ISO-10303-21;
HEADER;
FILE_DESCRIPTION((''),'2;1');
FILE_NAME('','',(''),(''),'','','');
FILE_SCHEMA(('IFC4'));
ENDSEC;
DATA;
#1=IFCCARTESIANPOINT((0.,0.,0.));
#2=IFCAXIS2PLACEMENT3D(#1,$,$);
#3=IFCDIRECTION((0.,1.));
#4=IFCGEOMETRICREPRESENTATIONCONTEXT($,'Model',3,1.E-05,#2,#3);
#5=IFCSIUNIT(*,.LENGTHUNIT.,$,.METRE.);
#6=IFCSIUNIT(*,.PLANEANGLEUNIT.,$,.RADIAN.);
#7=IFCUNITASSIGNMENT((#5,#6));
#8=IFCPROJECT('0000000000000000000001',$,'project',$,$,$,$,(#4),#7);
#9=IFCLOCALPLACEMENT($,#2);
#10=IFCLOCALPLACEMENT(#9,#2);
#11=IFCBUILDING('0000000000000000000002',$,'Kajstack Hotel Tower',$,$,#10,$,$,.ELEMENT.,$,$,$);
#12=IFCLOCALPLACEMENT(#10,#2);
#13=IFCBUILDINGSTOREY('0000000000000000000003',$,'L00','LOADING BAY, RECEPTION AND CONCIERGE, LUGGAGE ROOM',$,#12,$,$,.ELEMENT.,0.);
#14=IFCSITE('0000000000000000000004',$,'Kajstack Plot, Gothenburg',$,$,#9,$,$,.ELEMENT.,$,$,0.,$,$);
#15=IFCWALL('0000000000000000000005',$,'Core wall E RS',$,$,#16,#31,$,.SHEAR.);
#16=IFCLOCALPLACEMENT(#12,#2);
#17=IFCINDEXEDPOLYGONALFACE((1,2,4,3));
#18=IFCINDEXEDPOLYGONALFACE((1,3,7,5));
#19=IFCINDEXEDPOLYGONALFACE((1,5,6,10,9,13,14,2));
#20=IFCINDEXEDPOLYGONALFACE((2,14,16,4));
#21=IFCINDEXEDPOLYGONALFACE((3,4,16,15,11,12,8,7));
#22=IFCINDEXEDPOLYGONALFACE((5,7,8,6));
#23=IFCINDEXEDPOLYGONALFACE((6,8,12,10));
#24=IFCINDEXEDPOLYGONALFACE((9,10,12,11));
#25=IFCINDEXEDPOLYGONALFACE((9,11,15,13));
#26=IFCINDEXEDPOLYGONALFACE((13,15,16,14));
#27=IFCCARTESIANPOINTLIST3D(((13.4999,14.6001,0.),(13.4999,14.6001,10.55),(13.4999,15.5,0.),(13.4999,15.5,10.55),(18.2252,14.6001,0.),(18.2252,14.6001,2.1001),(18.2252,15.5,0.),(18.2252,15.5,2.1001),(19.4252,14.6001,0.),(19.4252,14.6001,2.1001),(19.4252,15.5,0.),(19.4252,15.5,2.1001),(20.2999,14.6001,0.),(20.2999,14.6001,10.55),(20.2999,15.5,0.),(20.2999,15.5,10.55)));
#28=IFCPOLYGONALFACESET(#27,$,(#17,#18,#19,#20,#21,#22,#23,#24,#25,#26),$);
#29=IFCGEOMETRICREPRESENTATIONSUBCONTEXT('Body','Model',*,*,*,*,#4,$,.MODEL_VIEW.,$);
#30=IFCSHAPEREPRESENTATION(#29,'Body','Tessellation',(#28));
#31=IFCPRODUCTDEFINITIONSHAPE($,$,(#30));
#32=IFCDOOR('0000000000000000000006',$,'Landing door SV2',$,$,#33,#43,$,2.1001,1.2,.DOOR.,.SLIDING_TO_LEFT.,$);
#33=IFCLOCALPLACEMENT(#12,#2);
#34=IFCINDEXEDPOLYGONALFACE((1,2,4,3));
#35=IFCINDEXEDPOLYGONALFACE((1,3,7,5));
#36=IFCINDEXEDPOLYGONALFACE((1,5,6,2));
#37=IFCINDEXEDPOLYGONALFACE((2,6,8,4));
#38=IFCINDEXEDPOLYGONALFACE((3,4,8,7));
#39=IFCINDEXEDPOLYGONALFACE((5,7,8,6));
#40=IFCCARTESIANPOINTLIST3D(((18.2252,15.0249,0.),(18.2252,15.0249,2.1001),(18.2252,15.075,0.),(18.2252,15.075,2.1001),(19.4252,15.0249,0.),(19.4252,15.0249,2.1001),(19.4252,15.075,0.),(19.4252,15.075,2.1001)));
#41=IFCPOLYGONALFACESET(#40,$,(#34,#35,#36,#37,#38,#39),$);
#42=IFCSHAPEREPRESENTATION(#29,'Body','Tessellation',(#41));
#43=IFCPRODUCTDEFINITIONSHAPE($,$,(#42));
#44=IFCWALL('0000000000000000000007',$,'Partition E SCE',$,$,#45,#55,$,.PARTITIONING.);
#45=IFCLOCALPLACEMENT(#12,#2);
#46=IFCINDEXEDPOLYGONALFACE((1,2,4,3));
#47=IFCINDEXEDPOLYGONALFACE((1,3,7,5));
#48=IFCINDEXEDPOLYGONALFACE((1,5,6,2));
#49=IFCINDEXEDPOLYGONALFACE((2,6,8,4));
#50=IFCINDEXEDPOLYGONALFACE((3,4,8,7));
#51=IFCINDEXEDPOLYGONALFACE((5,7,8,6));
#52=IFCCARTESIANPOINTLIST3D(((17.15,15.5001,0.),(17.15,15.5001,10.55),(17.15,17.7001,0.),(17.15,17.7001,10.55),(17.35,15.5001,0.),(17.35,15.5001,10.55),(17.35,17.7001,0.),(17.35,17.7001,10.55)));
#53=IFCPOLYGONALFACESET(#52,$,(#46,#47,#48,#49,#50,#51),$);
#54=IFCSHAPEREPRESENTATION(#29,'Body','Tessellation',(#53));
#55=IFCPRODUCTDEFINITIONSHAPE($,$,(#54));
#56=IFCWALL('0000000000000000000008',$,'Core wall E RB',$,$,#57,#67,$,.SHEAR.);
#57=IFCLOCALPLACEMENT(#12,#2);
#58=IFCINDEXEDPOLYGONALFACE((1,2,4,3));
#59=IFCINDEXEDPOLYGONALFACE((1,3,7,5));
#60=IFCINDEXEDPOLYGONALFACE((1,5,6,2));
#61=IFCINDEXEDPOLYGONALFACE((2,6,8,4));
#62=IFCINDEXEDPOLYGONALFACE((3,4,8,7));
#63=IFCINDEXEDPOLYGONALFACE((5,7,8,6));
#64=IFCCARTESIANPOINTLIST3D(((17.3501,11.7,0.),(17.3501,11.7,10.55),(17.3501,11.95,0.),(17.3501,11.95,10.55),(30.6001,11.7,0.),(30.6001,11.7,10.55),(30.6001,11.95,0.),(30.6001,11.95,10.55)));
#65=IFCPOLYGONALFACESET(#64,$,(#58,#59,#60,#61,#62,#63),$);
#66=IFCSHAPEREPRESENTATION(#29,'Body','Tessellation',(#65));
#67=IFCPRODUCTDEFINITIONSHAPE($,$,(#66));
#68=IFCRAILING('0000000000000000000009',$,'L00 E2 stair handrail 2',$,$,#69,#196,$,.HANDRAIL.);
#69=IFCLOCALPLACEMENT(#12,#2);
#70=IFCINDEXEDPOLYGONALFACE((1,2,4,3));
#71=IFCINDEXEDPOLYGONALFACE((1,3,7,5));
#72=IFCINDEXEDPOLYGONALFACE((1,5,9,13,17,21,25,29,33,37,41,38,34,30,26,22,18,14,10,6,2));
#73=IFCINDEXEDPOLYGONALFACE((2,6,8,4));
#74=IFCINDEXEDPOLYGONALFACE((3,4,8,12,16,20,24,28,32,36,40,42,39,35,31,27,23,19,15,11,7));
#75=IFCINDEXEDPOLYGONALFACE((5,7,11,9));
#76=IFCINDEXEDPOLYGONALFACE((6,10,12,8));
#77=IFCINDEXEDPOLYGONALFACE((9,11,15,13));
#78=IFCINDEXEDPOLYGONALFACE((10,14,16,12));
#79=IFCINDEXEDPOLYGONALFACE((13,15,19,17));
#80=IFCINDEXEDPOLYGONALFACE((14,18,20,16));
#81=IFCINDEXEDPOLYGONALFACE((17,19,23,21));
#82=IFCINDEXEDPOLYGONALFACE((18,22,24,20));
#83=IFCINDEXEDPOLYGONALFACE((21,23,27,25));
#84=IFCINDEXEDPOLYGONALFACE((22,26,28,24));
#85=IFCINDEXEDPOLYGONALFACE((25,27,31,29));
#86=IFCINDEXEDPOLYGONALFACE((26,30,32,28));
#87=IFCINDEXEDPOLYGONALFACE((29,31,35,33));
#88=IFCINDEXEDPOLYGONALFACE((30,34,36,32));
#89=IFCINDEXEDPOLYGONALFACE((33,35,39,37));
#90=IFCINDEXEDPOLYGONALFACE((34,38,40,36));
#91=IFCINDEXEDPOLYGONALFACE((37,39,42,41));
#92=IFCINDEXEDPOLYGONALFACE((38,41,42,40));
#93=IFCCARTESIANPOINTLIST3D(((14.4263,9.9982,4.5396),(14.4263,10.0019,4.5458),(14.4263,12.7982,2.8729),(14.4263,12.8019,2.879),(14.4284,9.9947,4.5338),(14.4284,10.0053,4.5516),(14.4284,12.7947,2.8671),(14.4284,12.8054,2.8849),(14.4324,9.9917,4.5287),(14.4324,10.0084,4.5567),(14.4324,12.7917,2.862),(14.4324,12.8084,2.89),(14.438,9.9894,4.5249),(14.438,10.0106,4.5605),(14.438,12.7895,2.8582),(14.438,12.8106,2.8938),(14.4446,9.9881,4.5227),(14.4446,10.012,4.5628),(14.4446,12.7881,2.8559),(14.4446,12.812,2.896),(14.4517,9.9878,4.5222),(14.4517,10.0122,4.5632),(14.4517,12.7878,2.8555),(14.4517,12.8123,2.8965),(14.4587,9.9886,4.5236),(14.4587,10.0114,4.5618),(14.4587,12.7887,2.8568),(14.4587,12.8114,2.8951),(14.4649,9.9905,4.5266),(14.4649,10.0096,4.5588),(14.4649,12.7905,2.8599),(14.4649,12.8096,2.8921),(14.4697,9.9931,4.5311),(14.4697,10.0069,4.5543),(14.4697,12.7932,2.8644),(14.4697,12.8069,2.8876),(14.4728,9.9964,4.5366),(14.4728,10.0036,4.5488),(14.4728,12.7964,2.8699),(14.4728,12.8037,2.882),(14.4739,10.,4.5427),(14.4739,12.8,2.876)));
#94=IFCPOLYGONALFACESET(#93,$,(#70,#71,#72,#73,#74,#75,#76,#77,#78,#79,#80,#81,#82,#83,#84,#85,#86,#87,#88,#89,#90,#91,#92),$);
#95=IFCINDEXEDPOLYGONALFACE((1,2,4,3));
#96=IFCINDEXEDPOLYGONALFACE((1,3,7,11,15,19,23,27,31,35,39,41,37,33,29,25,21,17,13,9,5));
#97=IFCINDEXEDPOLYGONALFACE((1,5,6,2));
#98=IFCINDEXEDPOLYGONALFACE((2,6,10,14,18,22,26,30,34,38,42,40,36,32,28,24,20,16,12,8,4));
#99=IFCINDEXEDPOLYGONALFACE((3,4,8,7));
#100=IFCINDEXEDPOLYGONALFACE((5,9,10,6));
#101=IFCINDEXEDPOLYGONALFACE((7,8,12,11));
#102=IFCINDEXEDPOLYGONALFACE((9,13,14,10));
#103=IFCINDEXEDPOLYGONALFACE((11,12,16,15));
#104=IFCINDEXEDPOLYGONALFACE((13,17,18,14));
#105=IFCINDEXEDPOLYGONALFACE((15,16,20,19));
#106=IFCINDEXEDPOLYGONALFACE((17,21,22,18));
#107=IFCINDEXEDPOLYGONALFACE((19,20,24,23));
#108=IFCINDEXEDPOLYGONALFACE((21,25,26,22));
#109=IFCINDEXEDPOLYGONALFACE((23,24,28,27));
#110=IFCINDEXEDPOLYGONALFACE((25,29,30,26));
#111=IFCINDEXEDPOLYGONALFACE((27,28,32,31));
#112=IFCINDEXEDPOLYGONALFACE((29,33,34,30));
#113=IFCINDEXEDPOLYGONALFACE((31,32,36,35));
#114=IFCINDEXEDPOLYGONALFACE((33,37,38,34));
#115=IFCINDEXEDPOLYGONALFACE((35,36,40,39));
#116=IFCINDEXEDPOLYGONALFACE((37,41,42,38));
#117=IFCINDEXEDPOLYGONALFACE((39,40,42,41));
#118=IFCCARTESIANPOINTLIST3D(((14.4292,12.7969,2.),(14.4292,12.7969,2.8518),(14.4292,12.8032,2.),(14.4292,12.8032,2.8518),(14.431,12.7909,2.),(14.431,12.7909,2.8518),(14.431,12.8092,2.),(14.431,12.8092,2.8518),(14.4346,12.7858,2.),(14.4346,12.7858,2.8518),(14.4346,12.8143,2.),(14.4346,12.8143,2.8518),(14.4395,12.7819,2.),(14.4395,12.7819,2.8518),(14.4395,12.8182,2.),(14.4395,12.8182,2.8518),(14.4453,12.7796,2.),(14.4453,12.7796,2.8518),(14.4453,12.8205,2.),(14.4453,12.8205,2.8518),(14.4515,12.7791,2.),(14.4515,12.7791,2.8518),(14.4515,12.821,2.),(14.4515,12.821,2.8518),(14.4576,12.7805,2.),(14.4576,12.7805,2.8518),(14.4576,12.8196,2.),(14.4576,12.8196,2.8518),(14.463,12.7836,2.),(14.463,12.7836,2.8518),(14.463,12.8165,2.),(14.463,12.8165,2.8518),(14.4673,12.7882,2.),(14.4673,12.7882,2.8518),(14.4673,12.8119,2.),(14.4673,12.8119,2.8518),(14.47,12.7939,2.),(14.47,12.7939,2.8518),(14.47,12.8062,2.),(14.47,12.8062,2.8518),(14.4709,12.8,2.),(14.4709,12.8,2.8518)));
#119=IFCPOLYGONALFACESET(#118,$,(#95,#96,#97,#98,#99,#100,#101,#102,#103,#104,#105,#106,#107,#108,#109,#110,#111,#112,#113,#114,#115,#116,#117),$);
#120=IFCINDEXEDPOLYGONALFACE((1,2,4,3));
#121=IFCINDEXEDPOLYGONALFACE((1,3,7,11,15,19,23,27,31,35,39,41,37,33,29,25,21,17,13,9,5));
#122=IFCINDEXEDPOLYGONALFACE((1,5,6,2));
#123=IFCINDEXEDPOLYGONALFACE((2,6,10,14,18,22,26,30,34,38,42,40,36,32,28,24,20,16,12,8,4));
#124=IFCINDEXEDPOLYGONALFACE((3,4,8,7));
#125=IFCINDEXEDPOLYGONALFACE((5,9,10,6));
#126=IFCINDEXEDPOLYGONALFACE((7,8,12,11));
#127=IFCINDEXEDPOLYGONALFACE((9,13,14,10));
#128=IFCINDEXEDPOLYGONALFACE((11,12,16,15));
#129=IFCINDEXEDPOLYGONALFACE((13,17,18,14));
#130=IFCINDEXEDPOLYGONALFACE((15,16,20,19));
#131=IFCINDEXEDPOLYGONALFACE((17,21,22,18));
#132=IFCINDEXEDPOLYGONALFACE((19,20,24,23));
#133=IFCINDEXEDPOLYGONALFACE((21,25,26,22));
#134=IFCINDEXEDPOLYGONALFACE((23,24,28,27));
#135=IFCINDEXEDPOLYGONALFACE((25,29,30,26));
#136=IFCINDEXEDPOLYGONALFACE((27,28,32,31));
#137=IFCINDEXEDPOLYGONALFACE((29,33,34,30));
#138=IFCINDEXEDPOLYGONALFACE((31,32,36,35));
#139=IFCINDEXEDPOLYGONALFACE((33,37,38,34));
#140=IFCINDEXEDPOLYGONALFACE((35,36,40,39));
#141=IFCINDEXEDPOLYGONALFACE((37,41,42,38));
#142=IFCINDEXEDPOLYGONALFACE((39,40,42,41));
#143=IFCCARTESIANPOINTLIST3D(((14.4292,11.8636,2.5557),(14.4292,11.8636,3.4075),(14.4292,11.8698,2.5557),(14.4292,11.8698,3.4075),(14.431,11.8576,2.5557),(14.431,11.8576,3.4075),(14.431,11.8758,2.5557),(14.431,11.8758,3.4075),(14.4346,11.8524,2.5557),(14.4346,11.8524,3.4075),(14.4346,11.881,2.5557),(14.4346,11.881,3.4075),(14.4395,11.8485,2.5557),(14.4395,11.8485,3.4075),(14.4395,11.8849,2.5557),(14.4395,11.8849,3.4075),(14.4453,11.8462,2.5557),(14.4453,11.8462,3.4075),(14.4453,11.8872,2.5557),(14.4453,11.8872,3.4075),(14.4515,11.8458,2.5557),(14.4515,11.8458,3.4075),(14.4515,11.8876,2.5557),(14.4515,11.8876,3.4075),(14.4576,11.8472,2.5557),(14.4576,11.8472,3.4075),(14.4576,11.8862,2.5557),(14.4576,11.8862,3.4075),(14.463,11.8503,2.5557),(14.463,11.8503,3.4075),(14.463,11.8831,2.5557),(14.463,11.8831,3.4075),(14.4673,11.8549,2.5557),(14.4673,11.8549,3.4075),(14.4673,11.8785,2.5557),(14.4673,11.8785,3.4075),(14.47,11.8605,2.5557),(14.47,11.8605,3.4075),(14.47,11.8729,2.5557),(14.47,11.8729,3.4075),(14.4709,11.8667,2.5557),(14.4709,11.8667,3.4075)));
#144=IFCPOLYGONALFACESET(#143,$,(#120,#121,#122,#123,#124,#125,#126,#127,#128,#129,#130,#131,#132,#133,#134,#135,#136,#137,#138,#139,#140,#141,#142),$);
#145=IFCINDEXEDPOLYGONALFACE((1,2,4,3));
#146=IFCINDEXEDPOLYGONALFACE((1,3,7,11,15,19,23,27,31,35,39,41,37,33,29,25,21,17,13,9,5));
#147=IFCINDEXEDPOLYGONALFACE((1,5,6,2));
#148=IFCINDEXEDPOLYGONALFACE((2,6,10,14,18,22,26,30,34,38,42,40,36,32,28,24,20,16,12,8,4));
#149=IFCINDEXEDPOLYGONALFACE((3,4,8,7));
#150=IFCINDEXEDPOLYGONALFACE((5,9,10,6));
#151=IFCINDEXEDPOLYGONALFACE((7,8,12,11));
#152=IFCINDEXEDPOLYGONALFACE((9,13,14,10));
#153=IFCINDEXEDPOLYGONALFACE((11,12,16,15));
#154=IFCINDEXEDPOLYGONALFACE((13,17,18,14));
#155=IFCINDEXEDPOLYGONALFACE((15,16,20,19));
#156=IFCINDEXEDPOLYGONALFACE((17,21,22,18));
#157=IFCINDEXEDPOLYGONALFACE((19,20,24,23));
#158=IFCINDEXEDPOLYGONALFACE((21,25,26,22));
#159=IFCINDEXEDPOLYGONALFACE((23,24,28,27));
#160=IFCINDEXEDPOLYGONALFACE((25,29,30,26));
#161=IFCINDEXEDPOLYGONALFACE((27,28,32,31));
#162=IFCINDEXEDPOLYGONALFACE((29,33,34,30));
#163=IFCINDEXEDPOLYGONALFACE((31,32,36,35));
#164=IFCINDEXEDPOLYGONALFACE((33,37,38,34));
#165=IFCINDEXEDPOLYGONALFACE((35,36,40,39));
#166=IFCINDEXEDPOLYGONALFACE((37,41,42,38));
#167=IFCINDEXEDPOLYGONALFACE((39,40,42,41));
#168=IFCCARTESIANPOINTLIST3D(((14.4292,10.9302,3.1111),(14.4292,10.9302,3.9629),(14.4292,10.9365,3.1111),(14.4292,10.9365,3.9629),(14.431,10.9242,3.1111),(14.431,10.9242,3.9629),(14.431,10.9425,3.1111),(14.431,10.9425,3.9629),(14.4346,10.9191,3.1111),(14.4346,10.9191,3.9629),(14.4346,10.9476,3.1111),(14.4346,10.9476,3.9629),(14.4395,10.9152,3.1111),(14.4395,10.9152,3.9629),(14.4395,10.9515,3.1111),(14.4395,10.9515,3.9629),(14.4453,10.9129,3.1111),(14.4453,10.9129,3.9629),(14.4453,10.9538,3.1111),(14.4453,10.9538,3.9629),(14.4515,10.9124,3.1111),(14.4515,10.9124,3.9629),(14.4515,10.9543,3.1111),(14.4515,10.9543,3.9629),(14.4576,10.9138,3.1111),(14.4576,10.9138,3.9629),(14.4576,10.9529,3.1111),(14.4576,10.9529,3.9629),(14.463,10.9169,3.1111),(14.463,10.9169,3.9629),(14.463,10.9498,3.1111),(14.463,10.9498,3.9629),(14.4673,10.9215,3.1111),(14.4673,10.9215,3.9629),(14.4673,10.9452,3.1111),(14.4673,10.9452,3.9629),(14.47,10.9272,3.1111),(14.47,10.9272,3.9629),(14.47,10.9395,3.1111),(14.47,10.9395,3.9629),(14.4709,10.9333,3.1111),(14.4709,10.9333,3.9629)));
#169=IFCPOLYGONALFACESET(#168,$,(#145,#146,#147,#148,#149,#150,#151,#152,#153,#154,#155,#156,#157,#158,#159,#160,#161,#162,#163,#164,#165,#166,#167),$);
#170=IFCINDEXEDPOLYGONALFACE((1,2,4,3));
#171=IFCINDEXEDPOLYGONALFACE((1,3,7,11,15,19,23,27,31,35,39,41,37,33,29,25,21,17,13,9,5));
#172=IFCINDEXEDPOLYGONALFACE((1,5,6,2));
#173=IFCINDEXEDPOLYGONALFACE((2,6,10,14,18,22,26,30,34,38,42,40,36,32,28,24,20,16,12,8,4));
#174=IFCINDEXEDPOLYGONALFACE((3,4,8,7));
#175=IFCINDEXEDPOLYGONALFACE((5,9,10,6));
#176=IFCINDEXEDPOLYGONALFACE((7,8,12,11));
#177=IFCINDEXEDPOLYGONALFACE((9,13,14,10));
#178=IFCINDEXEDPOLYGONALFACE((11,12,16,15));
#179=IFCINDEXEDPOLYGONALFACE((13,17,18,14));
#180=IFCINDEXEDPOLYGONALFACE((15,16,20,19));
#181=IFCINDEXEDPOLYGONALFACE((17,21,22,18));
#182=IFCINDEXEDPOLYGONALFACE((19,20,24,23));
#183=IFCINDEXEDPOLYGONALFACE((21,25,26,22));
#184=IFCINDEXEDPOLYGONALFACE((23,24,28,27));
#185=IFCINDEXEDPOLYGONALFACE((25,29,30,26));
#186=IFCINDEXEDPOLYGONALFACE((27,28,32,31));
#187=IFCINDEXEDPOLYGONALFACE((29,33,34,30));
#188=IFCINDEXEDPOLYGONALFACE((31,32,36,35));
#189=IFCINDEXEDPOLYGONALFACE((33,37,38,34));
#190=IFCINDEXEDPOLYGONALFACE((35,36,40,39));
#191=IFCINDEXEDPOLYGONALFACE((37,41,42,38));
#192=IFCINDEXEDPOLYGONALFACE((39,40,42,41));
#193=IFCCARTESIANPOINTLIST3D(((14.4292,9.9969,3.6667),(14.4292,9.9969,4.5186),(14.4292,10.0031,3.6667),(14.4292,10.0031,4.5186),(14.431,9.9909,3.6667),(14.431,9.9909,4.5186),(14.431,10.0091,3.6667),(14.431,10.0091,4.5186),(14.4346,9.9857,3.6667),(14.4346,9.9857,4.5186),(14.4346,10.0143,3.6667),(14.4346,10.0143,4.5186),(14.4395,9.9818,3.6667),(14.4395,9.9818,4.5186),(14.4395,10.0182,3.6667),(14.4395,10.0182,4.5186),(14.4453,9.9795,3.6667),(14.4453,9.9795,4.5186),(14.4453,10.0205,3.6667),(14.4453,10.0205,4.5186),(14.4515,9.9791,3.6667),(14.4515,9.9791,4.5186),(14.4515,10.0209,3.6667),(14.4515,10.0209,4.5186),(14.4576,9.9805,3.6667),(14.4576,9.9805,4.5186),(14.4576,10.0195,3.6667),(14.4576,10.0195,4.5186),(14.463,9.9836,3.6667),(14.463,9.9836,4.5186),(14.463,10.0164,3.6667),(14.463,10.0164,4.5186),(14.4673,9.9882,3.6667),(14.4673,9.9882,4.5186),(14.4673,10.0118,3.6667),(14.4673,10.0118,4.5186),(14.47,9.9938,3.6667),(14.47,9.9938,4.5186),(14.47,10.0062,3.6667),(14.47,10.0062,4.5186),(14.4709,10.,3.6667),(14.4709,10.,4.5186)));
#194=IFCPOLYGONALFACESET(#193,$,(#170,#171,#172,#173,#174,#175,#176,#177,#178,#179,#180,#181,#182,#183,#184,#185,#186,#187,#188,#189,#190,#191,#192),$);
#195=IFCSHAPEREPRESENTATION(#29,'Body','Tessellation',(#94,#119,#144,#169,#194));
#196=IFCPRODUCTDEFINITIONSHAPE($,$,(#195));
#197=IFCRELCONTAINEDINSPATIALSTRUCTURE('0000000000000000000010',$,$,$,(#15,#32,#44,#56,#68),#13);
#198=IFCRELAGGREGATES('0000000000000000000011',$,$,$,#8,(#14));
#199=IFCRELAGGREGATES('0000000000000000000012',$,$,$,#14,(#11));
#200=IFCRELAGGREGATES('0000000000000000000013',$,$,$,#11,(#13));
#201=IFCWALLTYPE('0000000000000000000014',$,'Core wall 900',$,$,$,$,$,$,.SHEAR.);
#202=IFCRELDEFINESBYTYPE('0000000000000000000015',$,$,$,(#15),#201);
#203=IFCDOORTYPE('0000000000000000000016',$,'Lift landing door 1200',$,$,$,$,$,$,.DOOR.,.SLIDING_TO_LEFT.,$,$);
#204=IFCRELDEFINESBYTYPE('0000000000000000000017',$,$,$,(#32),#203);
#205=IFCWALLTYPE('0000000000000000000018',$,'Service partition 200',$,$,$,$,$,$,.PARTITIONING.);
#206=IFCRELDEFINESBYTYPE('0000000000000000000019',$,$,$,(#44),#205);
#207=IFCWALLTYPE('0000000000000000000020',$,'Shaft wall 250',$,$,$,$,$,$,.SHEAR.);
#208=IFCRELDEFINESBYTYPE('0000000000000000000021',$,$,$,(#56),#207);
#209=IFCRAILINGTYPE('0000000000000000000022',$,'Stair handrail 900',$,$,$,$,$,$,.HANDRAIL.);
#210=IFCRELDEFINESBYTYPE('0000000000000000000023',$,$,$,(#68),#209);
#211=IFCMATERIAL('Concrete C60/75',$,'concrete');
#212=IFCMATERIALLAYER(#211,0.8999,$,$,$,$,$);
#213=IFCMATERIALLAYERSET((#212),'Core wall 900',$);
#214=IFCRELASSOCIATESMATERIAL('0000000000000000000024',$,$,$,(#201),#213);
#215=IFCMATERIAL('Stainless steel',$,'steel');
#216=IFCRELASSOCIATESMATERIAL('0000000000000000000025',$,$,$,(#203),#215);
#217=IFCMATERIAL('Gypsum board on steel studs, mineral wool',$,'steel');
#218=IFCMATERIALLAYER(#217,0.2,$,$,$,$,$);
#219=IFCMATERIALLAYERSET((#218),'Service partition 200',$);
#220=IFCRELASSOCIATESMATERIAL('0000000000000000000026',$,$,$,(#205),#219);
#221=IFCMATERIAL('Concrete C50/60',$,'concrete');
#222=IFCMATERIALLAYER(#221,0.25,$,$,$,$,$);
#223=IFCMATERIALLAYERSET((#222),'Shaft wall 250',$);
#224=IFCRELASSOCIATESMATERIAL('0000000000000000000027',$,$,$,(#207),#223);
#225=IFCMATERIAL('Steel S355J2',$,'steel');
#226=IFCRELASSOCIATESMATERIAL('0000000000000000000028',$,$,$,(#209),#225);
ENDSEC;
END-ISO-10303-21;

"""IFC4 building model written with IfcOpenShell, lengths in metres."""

from ifc_helpers import new_model, si_unit, direction, frame, frame_2d, origin, origin_2d, place, context, subcontext, project, spatial, rectangle, circle, extrude, material, layer, layer_set, type_object, element, fill, save


model = new_model("IFC4")

# Units and contexts
model_context = context("Model", 3, precision=1e-05, world=origin(), true_north=direction((0.0, 1.0)))
body_context = subcontext(model_context, "Body", "Model", "MODEL_VIEW")
ifc_project = project(units=[si_unit("LENGTHUNIT", "METRE"), si_unit("PLANEANGLEUNIT", "RADIAN")], contexts=[model_context])

# Site, building, storey
site_placement = place(None, origin())
site = spatial("IfcSite", under=ifc_project, at=site_placement, Name="Kajstack Plot, Gothenburg", CompositionType="ELEMENT", RefElevation=0.0)
building_placement = place(site_placement, origin())
building = spatial("IfcBuilding", under=site, at=building_placement, Name="Kajstack Hotel Tower", CompositionType="ELEMENT")
storey_placement = place(building_placement, origin())
storey = spatial("IfcBuildingStorey", under=building, at=storey_placement, Name="L00", Description="LOADING BAY, RECEPTION AND CONCIERGE, LUGGAGE ROOM", CompositionType="ELEMENT", Elevation=0.0)

# Shared definitions
ifc_material_1 = material(Name="Concrete C50/60", Category="concrete")

# Wall, opening, door
ifc_material_2 = material(Name="Concrete C60/75", Category="concrete")
ifc_layer_1 = layer(ifc_material_2, 0.8999)
ifc_layer_set_1 = layer_set([ifc_layer_1], Name="Core wall 900")
wall_type_1 = type_object("IfcWallType", Name="Core wall 900", PredefinedType="SHEAR", material=ifc_layer_set_1)
wall_1_placement = place(storey_placement, frame((13.5, 15.05, 0.0), z_axis=(0.0, 0.0, 1.0), x_axis=(1.0, 0.0, 0.0)))
wall_1 = element("IfcWall", 1, at=wall_1_placement, inside=storey, type_object=wall_type_1, Name="Core wall E RS", PredefinedType="SHEAR", context=body_context, shape_type="SweptSolid", body=[
    extrude(rectangle(XDim=6.8, YDim=0.8999, at=frame_2d((3.3999, 0.0))), origin(), (0.0, 0.0, 1.0), 10.55),
])
opening_placement = place(wall_1_placement, frame((4.7251, 0.0, 0.0)))
opening = element("IfcOpeningElement", 2, at=opening_placement, cuts=wall_1, PredefinedType="OPENING", context=body_context, shape_type="SweptSolid", body=[
    extrude(rectangle(XDim=1.2, YDim=2.1001, at=frame_2d((0.6001, 1.05))), frame((0.0, 0.46, 0.0), z_axis=(0.0, -1.0, 0.0), x_axis=(1.0, 0.0, 0.0)), (0.0, 0.0, 1.0), 0.9199),
])
ifc_material_3 = material(Name="Stainless steel", Category="steel")
door_type = type_object("IfcDoorType", Name="Lift landing door 1200", OperationType="SLIDING_TO_LEFT", PredefinedType="DOOR", material=ifc_material_3)
door_placement = place(opening_placement, origin())
door = element("IfcDoor", 3, at=door_placement, inside=storey, type_object=door_type, Name="Landing door SV2", OperationType="SLIDING_TO_LEFT", OverallHeight=2.1001, OverallWidth=1.2, PredefinedType="DOOR", context=body_context, shape_type="SweptSolid", body=[
    extrude(rectangle(XDim=1.2, YDim=2.1001, at=frame_2d((0.6001, 1.05))), frame((0.0, 0.0249, 0.0), z_axis=(0.0, -1.0, 0.0), x_axis=(1.0, 0.0, 0.0)), (0.0, 0.0, 1.0), 0.05),
])
fill(opening, door)

# Walls
ifc_material_4 = material(Name="Gypsum board on steel studs, mineral wool", Category="steel")
ifc_layer_2 = layer(ifc_material_4, 0.2)
ifc_layer_set_2 = layer_set([ifc_layer_2], Name="Service partition 200")
wall_type_2 = type_object("IfcWallType", Name="Service partition 200", PredefinedType="PARTITIONING", material=ifc_layer_set_2)
wall_2_placement = place(storey_placement, frame((17.25, 15.5, 0.0), z_axis=(0.0, 0.0, 1.0), x_axis=(0.0, 1.0, 0.0)))
element("IfcWall", 4, at=wall_2_placement, inside=storey, type_object=wall_type_2, Name="Partition E SCE", PredefinedType="PARTITIONING", context=body_context, shape_type="SweptSolid", body=[
    extrude(rectangle(XDim=2.2, YDim=0.2, at=frame_2d((1.1001, 0.0))), origin(), (0.0, 0.0, 1.0), 10.55),
])
ifc_layer_3 = layer(ifc_material_1, 0.25)
ifc_layer_set_3 = layer_set([ifc_layer_3], Name="Shaft wall 250")
wall_type_3 = type_object("IfcWallType", Name="Shaft wall 250", PredefinedType="SHEAR", material=ifc_layer_set_3)
wall_3_placement = place(storey_placement, frame((17.3501, 11.825, 0.0), z_axis=(0.0, 0.0, 1.0), x_axis=(1.0, 0.0, 0.0)))
element("IfcWall", 5, at=wall_3_placement, inside=storey, type_object=wall_type_3, Name="Core wall E RB", PredefinedType="SHEAR", context=body_context, shape_type="SweptSolid", body=[
    extrude(rectangle(XDim=13.25, YDim=0.25, at=frame_2d((6.625, 0.0))), origin(), (0.0, 0.0, 1.0), 10.55),
])

# Railing
ifc_material_5 = material(Name="Steel S355J2", Category="steel")
railing_type = type_object("IfcRailingType", Name="Stair handrail 900", PredefinedType="HANDRAIL", material=ifc_material_5)
railing_1_placement = place(storey_placement, frame((14.45, 12.8, 2.0)))
element("IfcRailing", 6, at=railing_1_placement, inside=storey, type_object=railing_type, Name="L00 E2 stair handrail 2", PredefinedType="HANDRAIL", context=body_context, shape_type="SweptSolid", body=[
    extrude(circle(Radius=0.0239, at=origin_2d()), frame((0.0, 0.0, 0.876), z_axis=(0.0, -0.859286, 0.511496), x_axis=(1.0, 0.0, 0.0)), (0.0, 0.0, 1.0), 3.2585),
    extrude(circle(Radius=0.021, at=origin_2d()), origin(), (0.0, 0.0, 1.0), 0.8518),
    extrude(circle(Radius=0.021, at=origin_2d()), frame((0.0, -0.9333, 0.5557)), (0.0, 0.0, 1.0), 0.8518),
    extrude(circle(Radius=0.021, at=origin_2d()), frame((0.0, -1.8667, 1.1111)), (0.0, 0.0, 1.0), 0.8518),
    extrude(circle(Radius=0.021, at=origin_2d()), frame((0.0, -2.8, 1.6667)), (0.0, 0.0, 1.0), 0.8518),
])

save(model, "model.ifc")
